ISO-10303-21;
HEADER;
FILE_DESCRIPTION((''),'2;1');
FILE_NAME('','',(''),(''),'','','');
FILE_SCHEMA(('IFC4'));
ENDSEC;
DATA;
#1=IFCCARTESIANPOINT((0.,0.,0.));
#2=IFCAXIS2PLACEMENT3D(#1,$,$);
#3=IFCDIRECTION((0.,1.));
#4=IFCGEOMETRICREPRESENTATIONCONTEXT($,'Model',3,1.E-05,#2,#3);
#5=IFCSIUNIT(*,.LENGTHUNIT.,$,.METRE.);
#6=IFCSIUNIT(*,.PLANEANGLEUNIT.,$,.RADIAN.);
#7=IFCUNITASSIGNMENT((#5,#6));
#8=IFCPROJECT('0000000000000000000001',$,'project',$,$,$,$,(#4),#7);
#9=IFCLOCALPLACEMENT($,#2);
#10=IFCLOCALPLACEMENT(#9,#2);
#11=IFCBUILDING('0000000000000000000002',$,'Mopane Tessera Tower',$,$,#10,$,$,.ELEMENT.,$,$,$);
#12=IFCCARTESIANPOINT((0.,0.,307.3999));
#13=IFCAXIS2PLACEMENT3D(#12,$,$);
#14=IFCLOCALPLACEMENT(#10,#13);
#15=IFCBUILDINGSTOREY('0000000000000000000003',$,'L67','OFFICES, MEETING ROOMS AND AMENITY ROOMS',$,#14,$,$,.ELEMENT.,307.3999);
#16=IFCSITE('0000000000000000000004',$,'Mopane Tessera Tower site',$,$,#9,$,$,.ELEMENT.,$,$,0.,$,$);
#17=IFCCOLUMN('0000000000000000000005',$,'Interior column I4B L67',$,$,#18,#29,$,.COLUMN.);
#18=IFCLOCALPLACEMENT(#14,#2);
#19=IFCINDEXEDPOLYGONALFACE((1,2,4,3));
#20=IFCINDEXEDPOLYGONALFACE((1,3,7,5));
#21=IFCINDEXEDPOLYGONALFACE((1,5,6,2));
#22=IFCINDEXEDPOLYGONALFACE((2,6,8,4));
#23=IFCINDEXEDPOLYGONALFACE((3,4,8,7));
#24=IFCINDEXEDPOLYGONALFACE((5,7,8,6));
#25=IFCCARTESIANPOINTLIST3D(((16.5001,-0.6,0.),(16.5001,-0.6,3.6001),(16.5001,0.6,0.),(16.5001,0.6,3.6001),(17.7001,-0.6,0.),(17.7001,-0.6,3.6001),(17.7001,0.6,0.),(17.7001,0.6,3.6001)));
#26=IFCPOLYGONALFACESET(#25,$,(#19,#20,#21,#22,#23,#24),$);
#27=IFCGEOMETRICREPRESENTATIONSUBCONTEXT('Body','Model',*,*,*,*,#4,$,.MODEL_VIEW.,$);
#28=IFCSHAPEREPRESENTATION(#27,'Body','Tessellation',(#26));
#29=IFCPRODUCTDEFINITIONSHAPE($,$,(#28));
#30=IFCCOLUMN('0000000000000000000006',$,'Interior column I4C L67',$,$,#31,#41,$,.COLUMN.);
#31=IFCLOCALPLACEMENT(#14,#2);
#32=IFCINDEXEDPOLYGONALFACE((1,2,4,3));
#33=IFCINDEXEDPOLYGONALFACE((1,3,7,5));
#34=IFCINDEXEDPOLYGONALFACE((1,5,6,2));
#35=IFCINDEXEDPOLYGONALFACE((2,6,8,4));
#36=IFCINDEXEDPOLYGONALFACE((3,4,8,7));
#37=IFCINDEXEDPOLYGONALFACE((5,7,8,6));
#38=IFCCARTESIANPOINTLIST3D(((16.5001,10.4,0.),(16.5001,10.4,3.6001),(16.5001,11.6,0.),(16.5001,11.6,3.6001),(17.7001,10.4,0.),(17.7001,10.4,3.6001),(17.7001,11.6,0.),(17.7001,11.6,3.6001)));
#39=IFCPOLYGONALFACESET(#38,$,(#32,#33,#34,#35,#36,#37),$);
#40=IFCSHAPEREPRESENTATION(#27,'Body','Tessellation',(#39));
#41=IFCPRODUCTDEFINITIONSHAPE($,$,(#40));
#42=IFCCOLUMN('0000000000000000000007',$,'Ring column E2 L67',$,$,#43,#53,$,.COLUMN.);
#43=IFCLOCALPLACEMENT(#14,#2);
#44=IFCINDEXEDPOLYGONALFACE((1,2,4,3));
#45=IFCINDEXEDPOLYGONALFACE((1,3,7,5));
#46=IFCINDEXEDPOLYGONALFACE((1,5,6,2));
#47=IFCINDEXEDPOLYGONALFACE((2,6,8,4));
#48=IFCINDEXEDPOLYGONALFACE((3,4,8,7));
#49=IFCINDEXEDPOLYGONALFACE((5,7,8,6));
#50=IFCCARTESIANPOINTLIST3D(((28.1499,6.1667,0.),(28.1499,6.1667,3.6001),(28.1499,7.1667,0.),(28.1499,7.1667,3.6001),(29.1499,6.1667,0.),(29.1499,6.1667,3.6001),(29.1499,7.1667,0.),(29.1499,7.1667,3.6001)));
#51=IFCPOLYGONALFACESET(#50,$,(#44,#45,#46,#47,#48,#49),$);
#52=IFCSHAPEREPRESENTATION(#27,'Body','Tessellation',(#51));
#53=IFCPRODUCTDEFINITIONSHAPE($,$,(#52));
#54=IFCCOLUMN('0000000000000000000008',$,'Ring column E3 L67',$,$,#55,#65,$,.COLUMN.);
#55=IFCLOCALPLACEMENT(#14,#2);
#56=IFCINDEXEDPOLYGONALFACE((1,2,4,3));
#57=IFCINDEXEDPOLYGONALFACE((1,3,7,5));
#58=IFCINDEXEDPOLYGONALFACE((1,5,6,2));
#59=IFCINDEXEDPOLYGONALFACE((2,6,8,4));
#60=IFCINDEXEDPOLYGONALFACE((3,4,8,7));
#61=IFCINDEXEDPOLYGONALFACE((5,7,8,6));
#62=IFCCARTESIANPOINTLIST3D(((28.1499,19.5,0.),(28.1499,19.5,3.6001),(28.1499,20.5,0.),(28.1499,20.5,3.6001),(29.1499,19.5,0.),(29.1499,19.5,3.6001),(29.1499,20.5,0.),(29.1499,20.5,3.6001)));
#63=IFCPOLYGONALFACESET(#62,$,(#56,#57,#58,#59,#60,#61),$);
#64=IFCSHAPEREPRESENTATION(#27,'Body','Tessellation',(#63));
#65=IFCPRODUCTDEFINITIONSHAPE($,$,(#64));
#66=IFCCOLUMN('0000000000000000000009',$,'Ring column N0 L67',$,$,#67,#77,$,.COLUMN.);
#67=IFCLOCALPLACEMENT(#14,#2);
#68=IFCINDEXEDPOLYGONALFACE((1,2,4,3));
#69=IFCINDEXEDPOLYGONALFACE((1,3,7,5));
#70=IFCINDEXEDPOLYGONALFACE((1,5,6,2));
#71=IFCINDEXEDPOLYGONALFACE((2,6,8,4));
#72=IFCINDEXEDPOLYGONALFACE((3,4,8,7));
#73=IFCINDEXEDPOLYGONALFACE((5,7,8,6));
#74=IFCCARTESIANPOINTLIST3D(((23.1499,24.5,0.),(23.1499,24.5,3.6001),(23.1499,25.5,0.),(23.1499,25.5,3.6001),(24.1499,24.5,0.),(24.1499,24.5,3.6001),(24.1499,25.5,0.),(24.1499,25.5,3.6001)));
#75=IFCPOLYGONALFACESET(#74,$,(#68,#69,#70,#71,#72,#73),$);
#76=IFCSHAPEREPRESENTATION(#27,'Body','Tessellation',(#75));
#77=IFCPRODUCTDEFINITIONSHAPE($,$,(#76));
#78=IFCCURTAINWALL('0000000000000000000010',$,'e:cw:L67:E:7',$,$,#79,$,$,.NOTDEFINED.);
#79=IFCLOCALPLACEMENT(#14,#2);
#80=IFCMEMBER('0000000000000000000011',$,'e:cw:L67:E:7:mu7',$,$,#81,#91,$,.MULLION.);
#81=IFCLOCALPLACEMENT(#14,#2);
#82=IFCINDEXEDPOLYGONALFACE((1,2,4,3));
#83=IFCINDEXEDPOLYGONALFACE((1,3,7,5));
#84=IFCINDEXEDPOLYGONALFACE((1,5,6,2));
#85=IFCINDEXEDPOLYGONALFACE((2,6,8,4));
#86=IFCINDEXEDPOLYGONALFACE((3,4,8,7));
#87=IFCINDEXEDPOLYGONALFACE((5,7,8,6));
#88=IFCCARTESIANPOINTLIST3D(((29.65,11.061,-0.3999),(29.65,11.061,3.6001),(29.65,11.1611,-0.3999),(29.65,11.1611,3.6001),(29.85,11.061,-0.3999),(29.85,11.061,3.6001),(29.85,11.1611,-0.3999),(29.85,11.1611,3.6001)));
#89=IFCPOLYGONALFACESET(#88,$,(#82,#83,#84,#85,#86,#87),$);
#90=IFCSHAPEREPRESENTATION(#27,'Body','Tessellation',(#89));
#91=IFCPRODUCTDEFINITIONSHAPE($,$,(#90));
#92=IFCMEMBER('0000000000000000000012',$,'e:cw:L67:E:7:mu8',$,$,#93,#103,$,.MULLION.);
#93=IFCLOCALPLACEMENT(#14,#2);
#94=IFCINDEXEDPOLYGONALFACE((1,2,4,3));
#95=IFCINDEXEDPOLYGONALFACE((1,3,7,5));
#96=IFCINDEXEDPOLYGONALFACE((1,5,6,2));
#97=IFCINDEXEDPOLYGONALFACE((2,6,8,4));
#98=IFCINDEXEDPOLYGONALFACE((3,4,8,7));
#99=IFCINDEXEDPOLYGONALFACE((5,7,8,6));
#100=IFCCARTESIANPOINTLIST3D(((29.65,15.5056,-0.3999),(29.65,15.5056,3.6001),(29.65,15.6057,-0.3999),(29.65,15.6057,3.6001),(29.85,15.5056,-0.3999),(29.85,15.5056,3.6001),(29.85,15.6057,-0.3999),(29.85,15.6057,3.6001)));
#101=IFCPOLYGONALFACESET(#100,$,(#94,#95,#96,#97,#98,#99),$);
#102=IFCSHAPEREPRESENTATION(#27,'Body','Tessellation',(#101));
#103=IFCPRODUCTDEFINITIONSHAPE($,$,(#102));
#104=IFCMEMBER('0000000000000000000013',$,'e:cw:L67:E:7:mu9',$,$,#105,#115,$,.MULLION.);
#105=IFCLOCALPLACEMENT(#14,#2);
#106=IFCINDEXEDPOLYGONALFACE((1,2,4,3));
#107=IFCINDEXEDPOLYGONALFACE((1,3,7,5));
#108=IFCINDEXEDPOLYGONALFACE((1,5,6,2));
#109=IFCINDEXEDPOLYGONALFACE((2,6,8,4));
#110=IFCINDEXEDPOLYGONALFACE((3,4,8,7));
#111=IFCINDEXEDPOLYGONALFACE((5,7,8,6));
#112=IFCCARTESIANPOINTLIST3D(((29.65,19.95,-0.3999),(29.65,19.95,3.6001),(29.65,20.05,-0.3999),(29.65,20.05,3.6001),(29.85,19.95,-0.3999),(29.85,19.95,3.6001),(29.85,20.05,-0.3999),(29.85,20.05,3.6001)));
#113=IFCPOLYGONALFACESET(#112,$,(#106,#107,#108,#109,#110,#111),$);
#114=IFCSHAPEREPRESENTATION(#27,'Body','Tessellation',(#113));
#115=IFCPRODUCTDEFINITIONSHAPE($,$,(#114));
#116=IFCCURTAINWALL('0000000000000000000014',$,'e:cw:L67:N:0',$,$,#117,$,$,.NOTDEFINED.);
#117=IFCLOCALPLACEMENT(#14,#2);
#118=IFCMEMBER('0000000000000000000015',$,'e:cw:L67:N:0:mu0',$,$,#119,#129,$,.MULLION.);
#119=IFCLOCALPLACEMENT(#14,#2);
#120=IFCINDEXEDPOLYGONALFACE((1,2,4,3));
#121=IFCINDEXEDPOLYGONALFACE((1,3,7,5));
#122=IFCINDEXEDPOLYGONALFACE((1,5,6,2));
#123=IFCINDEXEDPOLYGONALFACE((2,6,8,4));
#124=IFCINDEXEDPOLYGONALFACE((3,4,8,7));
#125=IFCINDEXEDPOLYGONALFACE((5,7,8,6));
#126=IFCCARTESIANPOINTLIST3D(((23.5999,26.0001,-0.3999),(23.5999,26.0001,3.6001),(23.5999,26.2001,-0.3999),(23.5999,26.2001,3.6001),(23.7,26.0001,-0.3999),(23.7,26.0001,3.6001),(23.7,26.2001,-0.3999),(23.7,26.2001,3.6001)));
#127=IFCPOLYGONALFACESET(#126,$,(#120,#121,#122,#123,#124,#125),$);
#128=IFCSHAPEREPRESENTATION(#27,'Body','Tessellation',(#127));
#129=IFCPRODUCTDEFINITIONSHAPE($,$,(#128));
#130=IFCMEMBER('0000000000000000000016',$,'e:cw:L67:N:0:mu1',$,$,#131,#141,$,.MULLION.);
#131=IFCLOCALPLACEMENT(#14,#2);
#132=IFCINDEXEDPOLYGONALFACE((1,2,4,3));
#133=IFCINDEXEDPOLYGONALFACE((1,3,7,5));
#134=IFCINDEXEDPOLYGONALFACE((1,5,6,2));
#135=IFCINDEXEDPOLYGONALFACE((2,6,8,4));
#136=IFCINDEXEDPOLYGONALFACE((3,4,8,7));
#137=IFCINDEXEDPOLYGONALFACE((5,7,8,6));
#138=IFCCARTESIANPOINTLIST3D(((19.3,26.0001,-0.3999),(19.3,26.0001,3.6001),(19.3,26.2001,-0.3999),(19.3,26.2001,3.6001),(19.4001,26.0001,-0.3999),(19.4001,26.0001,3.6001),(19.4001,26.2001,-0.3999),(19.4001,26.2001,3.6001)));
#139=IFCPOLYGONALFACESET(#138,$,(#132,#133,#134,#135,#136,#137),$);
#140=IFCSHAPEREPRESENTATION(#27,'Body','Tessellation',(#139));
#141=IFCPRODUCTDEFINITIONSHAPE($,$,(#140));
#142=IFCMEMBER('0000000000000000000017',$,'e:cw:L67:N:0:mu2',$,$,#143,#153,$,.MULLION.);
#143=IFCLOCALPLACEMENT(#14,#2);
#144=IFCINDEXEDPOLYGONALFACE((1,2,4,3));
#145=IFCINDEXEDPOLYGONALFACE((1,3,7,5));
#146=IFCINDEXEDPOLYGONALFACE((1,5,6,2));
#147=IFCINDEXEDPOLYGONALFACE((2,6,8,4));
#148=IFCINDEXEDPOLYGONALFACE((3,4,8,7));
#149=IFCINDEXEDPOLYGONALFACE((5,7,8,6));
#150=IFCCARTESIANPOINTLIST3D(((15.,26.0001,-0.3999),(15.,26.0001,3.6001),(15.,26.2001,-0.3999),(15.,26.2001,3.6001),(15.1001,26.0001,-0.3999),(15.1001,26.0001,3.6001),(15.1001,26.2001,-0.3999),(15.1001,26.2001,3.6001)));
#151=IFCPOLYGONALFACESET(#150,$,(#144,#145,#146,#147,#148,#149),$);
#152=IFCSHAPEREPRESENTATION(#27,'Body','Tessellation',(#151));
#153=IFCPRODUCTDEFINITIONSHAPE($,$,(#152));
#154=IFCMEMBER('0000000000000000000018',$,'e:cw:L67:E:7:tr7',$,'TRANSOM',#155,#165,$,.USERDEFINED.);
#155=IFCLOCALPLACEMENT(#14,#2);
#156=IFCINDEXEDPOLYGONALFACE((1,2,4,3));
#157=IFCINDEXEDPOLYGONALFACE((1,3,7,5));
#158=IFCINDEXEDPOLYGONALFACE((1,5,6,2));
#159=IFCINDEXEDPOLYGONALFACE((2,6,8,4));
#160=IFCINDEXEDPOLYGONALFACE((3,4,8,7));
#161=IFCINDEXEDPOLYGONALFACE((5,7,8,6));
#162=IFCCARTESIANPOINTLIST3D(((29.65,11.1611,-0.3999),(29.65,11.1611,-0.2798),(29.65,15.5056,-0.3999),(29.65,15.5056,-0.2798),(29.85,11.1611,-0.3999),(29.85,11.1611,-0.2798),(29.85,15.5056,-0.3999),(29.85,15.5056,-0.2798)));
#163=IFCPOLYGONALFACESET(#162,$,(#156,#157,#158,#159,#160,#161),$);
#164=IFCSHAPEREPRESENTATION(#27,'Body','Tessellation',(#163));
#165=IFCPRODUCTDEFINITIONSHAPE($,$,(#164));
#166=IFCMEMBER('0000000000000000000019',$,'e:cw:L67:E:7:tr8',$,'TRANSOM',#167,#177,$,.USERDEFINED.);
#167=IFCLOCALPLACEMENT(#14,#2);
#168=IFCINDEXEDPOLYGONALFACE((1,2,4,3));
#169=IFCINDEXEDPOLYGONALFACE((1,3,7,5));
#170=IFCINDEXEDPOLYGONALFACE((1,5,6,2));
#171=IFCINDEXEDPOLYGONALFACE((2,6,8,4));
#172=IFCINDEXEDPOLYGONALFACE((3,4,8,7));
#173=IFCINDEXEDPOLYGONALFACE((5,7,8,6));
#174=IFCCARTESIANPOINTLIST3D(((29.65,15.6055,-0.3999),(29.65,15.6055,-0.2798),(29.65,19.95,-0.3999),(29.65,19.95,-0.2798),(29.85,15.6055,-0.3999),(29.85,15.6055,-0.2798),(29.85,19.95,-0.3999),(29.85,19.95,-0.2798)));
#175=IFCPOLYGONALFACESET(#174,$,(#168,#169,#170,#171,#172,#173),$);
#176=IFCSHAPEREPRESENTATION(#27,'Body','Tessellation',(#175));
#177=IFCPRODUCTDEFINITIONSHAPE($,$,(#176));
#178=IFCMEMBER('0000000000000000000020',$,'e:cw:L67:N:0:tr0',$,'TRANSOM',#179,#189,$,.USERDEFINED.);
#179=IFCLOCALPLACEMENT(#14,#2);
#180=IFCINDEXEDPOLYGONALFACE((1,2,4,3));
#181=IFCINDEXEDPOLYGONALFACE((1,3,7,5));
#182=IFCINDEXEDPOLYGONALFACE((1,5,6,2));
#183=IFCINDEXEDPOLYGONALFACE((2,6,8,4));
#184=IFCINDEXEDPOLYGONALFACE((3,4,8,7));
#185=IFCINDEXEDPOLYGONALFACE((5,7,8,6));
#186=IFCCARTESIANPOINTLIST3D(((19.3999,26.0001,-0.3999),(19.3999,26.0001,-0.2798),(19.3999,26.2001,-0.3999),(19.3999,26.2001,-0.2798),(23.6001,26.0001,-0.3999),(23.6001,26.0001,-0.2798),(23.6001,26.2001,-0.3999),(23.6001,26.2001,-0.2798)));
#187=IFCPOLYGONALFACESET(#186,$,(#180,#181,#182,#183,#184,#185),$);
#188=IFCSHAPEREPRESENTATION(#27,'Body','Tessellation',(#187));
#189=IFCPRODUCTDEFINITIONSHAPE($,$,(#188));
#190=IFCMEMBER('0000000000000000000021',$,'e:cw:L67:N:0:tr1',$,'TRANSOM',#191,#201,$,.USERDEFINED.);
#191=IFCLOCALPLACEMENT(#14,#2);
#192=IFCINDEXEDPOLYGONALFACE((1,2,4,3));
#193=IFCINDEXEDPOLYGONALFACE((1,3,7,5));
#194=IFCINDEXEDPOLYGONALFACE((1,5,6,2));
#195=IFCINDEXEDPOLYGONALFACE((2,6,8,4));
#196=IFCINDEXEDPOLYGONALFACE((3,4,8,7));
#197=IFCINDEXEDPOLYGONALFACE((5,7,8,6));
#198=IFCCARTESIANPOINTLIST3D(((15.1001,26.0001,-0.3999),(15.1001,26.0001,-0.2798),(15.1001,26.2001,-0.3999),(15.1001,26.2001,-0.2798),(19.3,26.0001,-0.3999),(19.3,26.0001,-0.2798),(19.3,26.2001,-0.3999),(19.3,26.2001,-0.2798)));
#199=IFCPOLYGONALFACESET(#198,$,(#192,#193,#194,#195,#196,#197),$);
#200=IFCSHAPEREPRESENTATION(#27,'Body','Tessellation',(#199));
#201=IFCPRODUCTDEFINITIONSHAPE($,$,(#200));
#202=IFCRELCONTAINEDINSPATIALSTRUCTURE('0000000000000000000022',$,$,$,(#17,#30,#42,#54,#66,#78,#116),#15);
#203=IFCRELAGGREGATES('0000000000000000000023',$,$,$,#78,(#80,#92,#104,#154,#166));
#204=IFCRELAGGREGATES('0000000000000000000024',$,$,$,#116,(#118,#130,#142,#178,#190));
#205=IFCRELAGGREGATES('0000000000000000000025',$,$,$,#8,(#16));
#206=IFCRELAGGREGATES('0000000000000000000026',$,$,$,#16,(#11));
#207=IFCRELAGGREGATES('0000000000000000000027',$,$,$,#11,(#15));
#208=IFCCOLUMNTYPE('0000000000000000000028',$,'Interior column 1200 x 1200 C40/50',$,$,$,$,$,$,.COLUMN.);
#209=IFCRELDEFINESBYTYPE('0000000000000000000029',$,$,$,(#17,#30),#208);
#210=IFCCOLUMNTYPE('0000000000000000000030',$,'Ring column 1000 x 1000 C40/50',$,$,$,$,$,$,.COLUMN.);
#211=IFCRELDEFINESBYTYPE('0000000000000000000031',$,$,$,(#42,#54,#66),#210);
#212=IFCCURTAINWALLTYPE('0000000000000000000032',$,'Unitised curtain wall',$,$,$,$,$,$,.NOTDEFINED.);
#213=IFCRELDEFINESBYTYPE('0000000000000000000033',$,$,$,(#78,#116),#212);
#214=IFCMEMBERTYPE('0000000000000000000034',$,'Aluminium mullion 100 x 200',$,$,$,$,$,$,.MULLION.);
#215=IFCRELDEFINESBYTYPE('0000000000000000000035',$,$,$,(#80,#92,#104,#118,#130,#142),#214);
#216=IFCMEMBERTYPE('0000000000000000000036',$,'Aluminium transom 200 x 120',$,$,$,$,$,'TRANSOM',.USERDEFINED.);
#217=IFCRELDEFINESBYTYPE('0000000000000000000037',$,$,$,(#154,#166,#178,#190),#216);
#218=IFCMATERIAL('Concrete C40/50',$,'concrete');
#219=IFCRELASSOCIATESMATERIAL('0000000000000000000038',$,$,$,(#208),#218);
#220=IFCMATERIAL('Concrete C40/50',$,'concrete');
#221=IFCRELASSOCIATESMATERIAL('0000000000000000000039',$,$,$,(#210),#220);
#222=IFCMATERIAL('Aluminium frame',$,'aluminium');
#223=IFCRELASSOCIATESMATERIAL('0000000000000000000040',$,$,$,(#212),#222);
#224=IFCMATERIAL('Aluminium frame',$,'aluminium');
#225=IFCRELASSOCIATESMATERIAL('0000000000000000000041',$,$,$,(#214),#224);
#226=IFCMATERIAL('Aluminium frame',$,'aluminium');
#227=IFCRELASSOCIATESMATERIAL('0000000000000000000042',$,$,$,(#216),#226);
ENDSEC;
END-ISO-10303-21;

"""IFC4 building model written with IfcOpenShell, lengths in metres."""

from ifc_helpers import new_model, si_unit, direction, frame, origin, origin_2d, place, context, subcontext, project, spatial, rectangle, extrude, material, material_profile, profile_set, type_object, element, aggregate, save


model = new_model("IFC4")

# Units and contexts
model_context = context("Model", 3, precision=1e-05, world=origin(), true_north=direction((0.0, 1.0)))
body_context = subcontext(model_context, "Body", "Model", "MODEL_VIEW")
ifc_project = project(units=[si_unit("LENGTHUNIT", "METRE"), si_unit("PLANEANGLEUNIT", "RADIAN")], contexts=[model_context])

# Site, building, storey
site_placement = place(None, origin())
site = spatial("IfcSite", under=ifc_project, at=site_placement, Name="Mopane Tessera Tower site", CompositionType="ELEMENT", RefElevation=0.0)
building_placement = place(site_placement, origin())
building = spatial("IfcBuilding", under=site, at=building_placement, Name="Mopane Tessera Tower", CompositionType="ELEMENT")
storey_placement = place(building_placement, frame((0.0, 0.0, 307.3999)))
storey = spatial("IfcBuildingStorey", under=building, at=storey_placement, Name="L67", Description="OFFICES, MEETING ROOMS AND AMENITY ROOMS", CompositionType="ELEMENT", Elevation=307.3999)

# Columns
ifc_material_1 = material(Name="Concrete C40/50", Category="concrete")
ifc_material_profile_1 = material_profile(ifc_material_1, rectangle(XDim=1.2, YDim=1.2, at=origin_2d()))
ifc_profile_set_1 = profile_set([ifc_material_profile_1], Name="Concrete C40/50")
column_type_1 = type_object("IfcColumnType", Name="Interior column 1200 x 1200 C40/50", PredefinedType="COLUMN", material=ifc_profile_set_1)
for number, where, z_axis, x_axis, name in (
    (1, (17.1001, 0.0, 0.0), (0.0, 0.0, 1.0), (1.0, 0.0, 0.0), "Interior column I4B L67"),
    (2, (17.1001, 11.0, 0.0), (0.0, 0.0, 1.0), (1.0, 0.0, 0.0), "Interior column I4C L67"),
):
    element("IfcColumn", number, at=place(storey_placement, frame(where, z_axis=z_axis, x_axis=x_axis)), inside=storey, type_object=column_type_1, Name=name, PredefinedType="COLUMN", context=body_context, shape_type="SweptSolid", body=[
        extrude(rectangle(XDim=1.2, YDim=1.2, at=origin_2d()), origin(), (0.0, 0.0, 1.0), 3.6001),
    ])
ifc_material_2 = material(Name="Concrete C40/50", Category="concrete")
ifc_material_profile_2 = material_profile(ifc_material_2, rectangle(XDim=1.0, YDim=1.0, at=origin_2d()))
ifc_profile_set_2 = profile_set([ifc_material_profile_2], Name="Concrete C40/50")
column_type_2 = type_object("IfcColumnType", Name="Ring column 1000 x 1000 C40/50", PredefinedType="COLUMN", material=ifc_profile_set_2)
for number, where, z_axis, x_axis, name in (
    (3, (28.6499, 6.6667, 0.0), (0.0, 0.0, 1.0), (1.0, 0.0, 0.0), "Ring column E2 L67"),
    (4, (28.6499, 20.0, 0.0), (0.0, 0.0, 1.0), (1.0, 0.0, 0.0), "Ring column E3 L67"),
    (5, (23.6499, 25.0, 0.0), (0.0, 0.0, 1.0), (1.0, 0.0, 0.0), "Ring column N0 L67"),
):
    element("IfcColumn", number, at=place(storey_placement, frame(where, z_axis=z_axis, x_axis=x_axis)), inside=storey, type_object=column_type_2, Name=name, PredefinedType="COLUMN", context=body_context, shape_type="SweptSolid", body=[
        extrude(rectangle(XDim=1.0, YDim=1.0, at=origin_2d()), origin(), (0.0, 0.0, 1.0), 3.6001),
    ])

# Curtain walls, members
ifc_material_3 = material(Name="Aluminium frame", Category="aluminium")
curtain_wall_type = type_object("IfcCurtainWallType", Name="Unitised curtain wall", PredefinedType="NOTDEFINED", material=ifc_material_3)
curtain_wall_1_placement = place(storey_placement, origin())
curtain_wall_1 = element("IfcCurtainWall", 6, at=curtain_wall_1_placement, inside=storey, type_object=curtain_wall_type, Name="e:cw:L67:E:7", PredefinedType="NOTDEFINED")
ifc_material_4 = material(Name="Aluminium frame", Category="aluminium")
ifc_material_profile_3 = material_profile(ifc_material_4, rectangle(XDim=0.1001, YDim=0.2, at=origin_2d()))
ifc_profile_set_3 = profile_set([ifc_material_profile_3], Name="Aluminium frame")
member_type_1 = type_object("IfcMemberType", Name="Aluminium mullion 100 x 200", PredefinedType="MULLION", material=ifc_profile_set_3)
member_1_placement = place(storey_placement, frame((29.75, 11.1111, -0.3999), z_axis=(0.0, 0.0, 1.0), x_axis=(0.0, 1.0, 0.0)))
member_1 = element("IfcMember", 7, at=member_1_placement, type_object=member_type_1, Name="e:cw:L67:E:7:mu7", PredefinedType="MULLION", context=body_context, shape_type="SweptSolid", body=[
    extrude(rectangle(XDim=0.1001, YDim=0.2, at=origin_2d()), origin(), (0.0, 0.0, 1.0), 4.0),
])
member_2_placement = place(storey_placement, frame((29.75, 15.5557, -0.3999), z_axis=(0.0, 0.0, 1.0), x_axis=(0.0, 1.0, 0.0)))
member_2 = element("IfcMember", 8, at=member_2_placement, type_object=member_type_1, Name="e:cw:L67:E:7:mu8", PredefinedType="MULLION", context=body_context, shape_type="SweptSolid", body=[
    extrude(rectangle(XDim=0.1001, YDim=0.2, at=origin_2d()), origin(), (0.0, 0.0, 1.0), 4.0),
])
member_3_placement = place(storey_placement, frame((29.75, 20.0, -0.3999), z_axis=(0.0, 0.0, 1.0), x_axis=(0.0, 1.0, 0.0)))
member_3 = element("IfcMember", 9, at=member_3_placement, type_object=member_type_1, Name="e:cw:L67:E:7:mu9", PredefinedType="MULLION", context=body_context, shape_type="SweptSolid", body=[
    extrude(rectangle(XDim=0.1001, YDim=0.2, at=origin_2d()), origin(), (0.0, 0.0, 1.0), 4.0),
])
curtain_wall_2_placement = place(storey_placement, origin())
curtain_wall_2 = element("IfcCurtainWall", 10, at=curtain_wall_2_placement, inside=storey, type_object=curtain_wall_type, Name="e:cw:L67:N:0", PredefinedType="NOTDEFINED")
member_4_placement = place(storey_placement, frame((23.6499, 26.1001, -0.3999), z_axis=(0.0, 0.0, 1.0), x_axis=(-1.0, 0.0, 0.0)))
member_4 = element("IfcMember", 11, at=member_4_placement, type_object=member_type_1, Name="e:cw:L67:N:0:mu0", PredefinedType="MULLION", context=body_context, shape_type="SweptSolid", body=[
    extrude(rectangle(XDim=0.1001, YDim=0.2, at=origin_2d()), origin(), (0.0, 0.0, 1.0), 4.0),
])
member_5_placement = place(storey_placement, frame((19.3501, 26.1001, -0.3999), z_axis=(0.0, 0.0, 1.0), x_axis=(-1.0, 0.0, 0.0)))
member_5 = element("IfcMember", 12, at=member_5_placement, type_object=member_type_1, Name="e:cw:L67:N:0:mu1", PredefinedType="MULLION", context=body_context, shape_type="SweptSolid", body=[
    extrude(rectangle(XDim=0.1001, YDim=0.2, at=origin_2d()), origin(), (0.0, 0.0, 1.0), 4.0),
])
member_6_placement = place(storey_placement, frame((15.05, 26.1001, -0.3999), z_axis=(0.0, 0.0, 1.0), x_axis=(-1.0, 0.0, 0.0)))
member_6 = element("IfcMember", 13, at=member_6_placement, type_object=member_type_1, Name="e:cw:L67:N:0:mu2", PredefinedType="MULLION", context=body_context, shape_type="SweptSolid", body=[
    extrude(rectangle(XDim=0.1001, YDim=0.2, at=origin_2d()), origin(), (0.0, 0.0, 1.0), 4.0),
])

# Members
ifc_material_5 = material(Name="Aluminium frame", Category="aluminium")
ifc_material_profile_4 = material_profile(ifc_material_5, rectangle(XDim=0.2, YDim=0.1201, at=origin_2d()))
ifc_profile_set_4 = profile_set([ifc_material_profile_4], Name="Aluminium frame")
member_type_2 = type_object("IfcMemberType", Name="Aluminium transom 200 x 120", ElementType="TRANSOM", PredefinedType="USERDEFINED", material=ifc_profile_set_4)
member_7_placement = place(storey_placement, frame((29.75, 11.1611, -0.3398), z_axis=(0.0, 1.0, 0.0), x_axis=(-1.0, 0.0, 0.0)))
member_7 = element("IfcMember", 14, at=member_7_placement, type_object=member_type_2, Name="e:cw:L67:E:7:tr7", ObjectType="TRANSOM", PredefinedType="USERDEFINED", context=body_context, shape_type="SweptSolid", body=[
    extrude(rectangle(XDim=0.2, YDim=0.1201, at=origin_2d()), origin(), (0.0, 0.0, 1.0), 4.3445),
])
member_8_placement = place(storey_placement, frame((29.75, 15.6055, -0.3398), z_axis=(0.0, 1.0, 0.0), x_axis=(-1.0, 0.0, 0.0)))
member_8 = element("IfcMember", 15, at=member_8_placement, type_object=member_type_2, Name="e:cw:L67:E:7:tr8", ObjectType="TRANSOM", PredefinedType="USERDEFINED", context=body_context, shape_type="SweptSolid", body=[
    extrude(rectangle(XDim=0.2, YDim=0.1201, at=origin_2d()), origin(), (0.0, 0.0, 1.0), 4.3445),
])
member_9_placement = place(storey_placement, frame((23.6001, 26.1001, -0.3398), z_axis=(-1.0, 0.0, 0.0), x_axis=(0.0, -1.0, 0.0)))
member_9 = element("IfcMember", 16, at=member_9_placement, type_object=member_type_2, Name="e:cw:L67:N:0:tr0", ObjectType="TRANSOM", PredefinedType="USERDEFINED", context=body_context, shape_type="SweptSolid", body=[
    extrude(rectangle(XDim=0.2, YDim=0.1201, at=origin_2d()), origin(), (0.0, 0.0, 1.0), 4.2002),
])
member_10_placement = place(storey_placement, frame((19.3, 26.1001, -0.3398), z_axis=(-1.0, 0.0, 0.0), x_axis=(0.0, -1.0, 0.0)))
member_10 = element("IfcMember", 17, at=member_10_placement, type_object=member_type_2, Name="e:cw:L67:N:0:tr1", ObjectType="TRANSOM", PredefinedType="USERDEFINED", context=body_context, shape_type="SweptSolid", body=[
    extrude(rectangle(XDim=0.2, YDim=0.1201, at=origin_2d()), origin(), (0.0, 0.0, 1.0), 4.2),
])

aggregate(curtain_wall_1, [member_1, member_2, member_3, member_7, member_8])
aggregate(curtain_wall_2, [member_4, member_5, member_6, member_9, member_10])

save(model, "model.ifc")
